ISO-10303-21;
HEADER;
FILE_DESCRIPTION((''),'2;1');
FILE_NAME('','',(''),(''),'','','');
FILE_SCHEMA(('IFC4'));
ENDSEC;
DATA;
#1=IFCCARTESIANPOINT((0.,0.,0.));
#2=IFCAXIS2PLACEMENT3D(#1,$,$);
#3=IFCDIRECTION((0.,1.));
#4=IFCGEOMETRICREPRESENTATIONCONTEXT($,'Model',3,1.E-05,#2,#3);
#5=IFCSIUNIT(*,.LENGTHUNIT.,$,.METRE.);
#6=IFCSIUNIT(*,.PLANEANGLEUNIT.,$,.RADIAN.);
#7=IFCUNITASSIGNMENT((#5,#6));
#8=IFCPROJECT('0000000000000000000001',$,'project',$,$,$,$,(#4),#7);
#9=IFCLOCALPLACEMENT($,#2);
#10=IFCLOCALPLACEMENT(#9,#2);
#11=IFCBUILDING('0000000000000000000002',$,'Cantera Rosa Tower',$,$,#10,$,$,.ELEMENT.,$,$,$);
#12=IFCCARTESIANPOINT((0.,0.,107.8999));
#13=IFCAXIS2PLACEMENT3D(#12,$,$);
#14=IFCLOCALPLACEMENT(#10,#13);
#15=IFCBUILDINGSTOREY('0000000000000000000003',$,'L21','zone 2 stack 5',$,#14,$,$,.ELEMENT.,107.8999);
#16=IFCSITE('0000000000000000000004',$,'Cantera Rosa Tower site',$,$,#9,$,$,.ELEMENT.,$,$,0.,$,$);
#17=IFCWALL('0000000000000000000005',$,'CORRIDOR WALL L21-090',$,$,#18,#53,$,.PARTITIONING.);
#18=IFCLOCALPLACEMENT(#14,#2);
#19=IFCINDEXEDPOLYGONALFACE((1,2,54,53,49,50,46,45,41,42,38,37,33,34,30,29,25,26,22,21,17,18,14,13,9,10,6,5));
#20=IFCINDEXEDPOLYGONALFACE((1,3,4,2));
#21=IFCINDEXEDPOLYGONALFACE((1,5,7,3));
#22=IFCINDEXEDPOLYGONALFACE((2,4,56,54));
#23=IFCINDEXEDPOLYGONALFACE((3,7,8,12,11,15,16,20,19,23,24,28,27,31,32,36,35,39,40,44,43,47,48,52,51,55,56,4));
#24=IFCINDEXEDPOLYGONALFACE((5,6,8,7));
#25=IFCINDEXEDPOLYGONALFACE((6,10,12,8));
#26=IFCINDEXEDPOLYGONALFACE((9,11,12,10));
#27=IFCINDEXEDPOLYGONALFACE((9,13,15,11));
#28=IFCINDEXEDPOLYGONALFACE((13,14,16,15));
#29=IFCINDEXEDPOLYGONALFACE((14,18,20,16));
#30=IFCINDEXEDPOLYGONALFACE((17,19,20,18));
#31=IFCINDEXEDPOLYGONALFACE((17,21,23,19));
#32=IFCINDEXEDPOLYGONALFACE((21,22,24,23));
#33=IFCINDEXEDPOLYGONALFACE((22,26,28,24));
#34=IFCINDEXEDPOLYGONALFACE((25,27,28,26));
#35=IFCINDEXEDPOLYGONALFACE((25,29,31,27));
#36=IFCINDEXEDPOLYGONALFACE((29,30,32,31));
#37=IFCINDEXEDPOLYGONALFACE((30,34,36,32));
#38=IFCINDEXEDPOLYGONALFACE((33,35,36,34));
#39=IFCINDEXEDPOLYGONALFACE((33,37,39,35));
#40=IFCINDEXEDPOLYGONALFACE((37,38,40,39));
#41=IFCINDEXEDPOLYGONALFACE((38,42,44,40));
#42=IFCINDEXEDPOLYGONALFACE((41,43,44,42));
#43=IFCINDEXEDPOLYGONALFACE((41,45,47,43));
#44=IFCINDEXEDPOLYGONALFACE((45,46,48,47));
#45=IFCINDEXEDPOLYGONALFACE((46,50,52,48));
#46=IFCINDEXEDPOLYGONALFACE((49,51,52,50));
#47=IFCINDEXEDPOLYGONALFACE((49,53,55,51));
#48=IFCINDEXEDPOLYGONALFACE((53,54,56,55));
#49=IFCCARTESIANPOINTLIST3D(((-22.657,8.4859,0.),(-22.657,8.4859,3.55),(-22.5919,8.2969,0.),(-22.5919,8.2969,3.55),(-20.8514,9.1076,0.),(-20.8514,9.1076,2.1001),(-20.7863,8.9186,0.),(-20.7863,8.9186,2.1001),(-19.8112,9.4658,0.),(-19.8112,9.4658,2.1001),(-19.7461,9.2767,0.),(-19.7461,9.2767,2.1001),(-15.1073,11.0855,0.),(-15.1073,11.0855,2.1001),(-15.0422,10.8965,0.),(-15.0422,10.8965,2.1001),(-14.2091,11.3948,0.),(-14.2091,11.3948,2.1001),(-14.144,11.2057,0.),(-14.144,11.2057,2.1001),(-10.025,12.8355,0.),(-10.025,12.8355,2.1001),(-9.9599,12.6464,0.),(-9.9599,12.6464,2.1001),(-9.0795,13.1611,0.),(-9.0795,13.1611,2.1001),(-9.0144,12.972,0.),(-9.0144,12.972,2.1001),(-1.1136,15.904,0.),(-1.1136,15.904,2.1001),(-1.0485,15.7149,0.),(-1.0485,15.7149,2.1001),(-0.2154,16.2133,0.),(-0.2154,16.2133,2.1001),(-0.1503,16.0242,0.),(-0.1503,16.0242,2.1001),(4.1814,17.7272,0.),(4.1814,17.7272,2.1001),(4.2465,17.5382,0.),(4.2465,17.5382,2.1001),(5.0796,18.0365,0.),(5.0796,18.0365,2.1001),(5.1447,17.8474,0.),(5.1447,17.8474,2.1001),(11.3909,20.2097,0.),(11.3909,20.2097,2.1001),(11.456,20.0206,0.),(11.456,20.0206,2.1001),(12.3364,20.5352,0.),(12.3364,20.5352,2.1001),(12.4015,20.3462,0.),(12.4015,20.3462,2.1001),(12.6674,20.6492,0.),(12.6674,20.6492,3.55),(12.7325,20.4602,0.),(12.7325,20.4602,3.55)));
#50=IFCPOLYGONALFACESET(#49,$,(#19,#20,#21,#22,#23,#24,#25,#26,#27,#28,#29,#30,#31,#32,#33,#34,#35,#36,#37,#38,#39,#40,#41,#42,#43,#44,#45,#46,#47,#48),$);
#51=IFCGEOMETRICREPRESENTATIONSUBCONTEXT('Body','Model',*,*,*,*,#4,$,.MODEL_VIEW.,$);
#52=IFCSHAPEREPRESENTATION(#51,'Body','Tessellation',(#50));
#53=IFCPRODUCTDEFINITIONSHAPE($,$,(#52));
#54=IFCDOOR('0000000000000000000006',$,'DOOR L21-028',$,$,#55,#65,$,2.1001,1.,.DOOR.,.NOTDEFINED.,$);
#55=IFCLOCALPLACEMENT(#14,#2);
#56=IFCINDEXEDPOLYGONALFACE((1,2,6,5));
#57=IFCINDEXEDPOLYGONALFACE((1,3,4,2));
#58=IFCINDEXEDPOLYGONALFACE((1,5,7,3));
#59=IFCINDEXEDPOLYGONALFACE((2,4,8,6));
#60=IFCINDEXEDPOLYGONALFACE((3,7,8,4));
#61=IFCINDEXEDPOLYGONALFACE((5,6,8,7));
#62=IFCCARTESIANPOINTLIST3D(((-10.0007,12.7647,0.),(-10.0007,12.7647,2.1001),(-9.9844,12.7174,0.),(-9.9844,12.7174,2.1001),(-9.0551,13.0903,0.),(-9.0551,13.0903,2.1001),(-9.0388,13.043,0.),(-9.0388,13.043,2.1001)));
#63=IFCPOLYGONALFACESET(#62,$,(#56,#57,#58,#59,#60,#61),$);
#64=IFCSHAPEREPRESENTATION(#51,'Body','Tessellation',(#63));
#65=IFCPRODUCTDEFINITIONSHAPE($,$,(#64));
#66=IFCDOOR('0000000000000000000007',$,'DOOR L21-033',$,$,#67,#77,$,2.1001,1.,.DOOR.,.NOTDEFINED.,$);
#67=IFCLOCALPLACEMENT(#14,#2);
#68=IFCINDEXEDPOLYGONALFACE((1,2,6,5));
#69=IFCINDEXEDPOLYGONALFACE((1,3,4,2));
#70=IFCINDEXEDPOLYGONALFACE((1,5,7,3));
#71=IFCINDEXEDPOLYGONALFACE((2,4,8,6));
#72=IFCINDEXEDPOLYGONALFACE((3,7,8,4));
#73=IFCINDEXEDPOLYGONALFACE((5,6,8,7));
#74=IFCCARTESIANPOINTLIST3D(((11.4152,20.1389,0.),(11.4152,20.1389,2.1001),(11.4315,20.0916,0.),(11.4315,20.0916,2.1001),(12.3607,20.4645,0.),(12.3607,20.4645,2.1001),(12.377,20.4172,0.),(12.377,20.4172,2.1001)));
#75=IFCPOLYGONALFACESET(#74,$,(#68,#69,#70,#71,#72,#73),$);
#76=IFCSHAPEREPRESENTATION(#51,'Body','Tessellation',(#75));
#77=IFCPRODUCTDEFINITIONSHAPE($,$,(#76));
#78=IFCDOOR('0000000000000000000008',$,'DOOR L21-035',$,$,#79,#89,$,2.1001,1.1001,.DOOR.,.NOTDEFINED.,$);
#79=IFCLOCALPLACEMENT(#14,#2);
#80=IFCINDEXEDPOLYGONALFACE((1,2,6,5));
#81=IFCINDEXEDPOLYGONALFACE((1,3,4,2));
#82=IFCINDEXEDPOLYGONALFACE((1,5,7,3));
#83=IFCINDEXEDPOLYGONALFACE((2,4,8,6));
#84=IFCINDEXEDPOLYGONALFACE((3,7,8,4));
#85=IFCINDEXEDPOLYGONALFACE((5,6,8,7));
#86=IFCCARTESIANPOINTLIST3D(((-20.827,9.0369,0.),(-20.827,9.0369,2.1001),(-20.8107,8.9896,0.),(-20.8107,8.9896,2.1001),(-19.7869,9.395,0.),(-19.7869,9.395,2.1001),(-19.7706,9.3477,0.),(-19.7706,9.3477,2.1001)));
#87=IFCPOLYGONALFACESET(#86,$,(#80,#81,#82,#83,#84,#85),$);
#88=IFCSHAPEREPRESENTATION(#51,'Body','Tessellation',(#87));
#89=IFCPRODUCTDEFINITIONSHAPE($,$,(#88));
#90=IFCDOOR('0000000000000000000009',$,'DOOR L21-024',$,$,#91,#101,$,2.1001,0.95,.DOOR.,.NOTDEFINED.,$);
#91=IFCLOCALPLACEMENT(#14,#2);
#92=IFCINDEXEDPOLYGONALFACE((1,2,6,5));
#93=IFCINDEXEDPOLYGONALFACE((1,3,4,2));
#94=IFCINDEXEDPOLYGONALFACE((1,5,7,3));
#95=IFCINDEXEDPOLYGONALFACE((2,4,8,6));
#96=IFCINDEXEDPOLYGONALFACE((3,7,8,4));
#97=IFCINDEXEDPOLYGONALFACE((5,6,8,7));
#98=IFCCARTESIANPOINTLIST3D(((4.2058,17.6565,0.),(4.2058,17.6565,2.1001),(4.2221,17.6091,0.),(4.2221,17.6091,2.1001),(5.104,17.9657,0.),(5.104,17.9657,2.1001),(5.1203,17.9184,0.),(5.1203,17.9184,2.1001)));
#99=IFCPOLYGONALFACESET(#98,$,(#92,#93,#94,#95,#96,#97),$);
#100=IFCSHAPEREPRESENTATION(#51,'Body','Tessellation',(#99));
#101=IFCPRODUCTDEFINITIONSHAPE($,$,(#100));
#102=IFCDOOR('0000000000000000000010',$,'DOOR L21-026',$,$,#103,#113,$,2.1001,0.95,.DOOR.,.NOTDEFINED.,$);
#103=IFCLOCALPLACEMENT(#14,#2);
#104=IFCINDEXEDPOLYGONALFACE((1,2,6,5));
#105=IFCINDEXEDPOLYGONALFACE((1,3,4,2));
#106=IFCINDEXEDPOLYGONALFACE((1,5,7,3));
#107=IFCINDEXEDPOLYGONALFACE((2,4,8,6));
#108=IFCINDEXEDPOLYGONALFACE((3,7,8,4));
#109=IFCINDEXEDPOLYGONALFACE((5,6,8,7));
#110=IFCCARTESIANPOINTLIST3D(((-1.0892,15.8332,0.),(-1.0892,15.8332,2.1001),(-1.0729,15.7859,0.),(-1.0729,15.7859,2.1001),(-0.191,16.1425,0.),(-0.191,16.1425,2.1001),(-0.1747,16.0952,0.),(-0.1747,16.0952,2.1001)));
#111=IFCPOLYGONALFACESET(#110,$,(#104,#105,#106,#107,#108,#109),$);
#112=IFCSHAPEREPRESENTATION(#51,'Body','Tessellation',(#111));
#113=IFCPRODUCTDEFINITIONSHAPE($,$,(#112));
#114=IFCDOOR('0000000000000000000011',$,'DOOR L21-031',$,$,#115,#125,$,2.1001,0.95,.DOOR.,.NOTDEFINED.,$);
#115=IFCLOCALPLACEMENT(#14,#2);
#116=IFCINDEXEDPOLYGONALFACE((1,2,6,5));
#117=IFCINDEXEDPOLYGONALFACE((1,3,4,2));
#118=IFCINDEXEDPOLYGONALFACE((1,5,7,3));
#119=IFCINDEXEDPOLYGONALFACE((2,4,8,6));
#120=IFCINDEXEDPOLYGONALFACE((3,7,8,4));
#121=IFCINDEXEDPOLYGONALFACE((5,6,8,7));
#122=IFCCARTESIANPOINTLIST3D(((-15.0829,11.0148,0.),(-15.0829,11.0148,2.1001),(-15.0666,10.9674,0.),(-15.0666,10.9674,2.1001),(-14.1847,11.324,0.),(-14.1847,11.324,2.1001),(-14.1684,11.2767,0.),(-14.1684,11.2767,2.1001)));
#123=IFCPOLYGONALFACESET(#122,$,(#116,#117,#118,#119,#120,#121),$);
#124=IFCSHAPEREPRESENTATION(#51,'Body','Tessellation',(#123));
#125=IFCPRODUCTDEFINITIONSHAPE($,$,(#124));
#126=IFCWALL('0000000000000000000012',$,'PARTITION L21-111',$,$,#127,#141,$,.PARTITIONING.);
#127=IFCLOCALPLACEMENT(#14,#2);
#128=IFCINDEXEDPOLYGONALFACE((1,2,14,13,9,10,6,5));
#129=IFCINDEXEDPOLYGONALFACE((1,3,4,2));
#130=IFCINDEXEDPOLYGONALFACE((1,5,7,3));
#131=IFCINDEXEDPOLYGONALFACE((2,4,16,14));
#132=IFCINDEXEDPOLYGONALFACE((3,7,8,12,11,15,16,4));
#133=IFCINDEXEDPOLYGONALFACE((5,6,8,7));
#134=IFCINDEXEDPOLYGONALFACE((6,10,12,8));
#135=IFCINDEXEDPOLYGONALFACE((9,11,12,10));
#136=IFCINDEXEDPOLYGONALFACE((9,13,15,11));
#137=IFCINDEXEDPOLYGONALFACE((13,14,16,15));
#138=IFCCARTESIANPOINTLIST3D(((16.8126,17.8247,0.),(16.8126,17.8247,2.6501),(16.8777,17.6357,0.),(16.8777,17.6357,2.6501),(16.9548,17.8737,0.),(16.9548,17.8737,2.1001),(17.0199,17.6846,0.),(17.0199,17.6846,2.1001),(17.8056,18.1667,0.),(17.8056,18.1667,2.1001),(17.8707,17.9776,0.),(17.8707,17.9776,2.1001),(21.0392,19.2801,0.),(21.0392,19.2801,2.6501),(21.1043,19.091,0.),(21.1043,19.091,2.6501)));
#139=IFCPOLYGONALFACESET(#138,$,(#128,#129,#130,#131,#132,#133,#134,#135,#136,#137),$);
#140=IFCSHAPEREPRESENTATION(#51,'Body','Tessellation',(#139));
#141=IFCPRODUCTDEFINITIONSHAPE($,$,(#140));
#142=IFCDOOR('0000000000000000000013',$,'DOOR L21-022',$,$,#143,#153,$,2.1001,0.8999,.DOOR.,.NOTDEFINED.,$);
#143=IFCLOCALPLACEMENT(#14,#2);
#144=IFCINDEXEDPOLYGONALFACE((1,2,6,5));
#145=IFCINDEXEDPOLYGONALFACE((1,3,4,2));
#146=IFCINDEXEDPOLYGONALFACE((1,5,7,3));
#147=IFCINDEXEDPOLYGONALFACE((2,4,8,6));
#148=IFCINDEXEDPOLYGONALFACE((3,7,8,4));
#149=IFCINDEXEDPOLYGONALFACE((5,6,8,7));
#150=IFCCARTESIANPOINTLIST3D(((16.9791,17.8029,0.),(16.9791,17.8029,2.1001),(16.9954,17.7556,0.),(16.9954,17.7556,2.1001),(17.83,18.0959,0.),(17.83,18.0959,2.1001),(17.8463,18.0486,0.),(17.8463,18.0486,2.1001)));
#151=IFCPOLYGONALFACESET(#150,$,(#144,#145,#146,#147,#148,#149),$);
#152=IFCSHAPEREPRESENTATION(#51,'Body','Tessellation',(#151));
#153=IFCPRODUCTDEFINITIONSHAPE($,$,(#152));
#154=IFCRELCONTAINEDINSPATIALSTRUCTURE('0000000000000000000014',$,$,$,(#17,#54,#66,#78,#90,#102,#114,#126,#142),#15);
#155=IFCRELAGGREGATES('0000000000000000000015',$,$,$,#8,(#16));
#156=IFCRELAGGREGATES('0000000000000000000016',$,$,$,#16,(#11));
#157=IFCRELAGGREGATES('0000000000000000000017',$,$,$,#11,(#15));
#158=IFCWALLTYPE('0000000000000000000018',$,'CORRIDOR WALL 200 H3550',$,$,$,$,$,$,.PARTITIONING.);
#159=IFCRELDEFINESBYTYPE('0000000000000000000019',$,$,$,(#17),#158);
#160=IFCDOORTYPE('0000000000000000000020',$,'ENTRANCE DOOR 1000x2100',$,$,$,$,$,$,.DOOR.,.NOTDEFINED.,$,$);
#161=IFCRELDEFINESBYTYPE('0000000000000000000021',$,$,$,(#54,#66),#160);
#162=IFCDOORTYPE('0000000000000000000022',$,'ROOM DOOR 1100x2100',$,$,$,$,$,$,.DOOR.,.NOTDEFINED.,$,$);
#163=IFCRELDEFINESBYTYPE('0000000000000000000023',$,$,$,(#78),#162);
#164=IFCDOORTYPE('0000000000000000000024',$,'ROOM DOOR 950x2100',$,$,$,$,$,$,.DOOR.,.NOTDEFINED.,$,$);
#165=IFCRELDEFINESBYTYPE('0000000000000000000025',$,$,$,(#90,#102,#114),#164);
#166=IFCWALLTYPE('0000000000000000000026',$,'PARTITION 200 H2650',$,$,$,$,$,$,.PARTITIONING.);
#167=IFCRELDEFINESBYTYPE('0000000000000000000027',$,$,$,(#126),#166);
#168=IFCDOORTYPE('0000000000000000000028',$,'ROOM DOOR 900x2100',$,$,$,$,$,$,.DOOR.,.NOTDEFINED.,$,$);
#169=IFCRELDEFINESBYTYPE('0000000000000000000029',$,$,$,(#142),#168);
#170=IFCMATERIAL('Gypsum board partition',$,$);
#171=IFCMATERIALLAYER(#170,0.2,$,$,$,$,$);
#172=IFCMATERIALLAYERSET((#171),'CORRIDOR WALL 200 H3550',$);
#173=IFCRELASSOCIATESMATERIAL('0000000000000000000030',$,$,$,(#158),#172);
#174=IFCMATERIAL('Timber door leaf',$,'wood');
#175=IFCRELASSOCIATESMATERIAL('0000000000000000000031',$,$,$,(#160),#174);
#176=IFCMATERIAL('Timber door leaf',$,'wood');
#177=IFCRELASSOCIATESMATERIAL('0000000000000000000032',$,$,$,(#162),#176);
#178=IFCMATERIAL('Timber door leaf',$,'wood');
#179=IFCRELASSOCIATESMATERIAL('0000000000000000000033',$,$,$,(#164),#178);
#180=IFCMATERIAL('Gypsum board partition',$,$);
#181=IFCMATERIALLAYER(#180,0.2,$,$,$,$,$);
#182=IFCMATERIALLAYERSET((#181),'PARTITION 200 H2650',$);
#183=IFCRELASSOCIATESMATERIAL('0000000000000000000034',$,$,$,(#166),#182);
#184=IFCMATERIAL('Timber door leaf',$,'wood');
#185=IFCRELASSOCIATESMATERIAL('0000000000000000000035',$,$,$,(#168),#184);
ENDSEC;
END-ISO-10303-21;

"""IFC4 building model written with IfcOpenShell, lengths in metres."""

from ifc_helpers import new_model, si_unit, direction, frame, frame_2d, origin, place, context, subcontext, project, spatial, rectangle, extrude, material, layer, layer_set, type_object, element, fill, save


model = new_model("IFC4")

# Units and contexts
model_context = context("Model", 3, precision=1e-05, world=origin(), true_north=direction((0.0, 1.0)))
body_context = subcontext(model_context, "Body", "Model", "MODEL_VIEW")
ifc_project = project(units=[si_unit("LENGTHUNIT", "METRE"), si_unit("PLANEANGLEUNIT", "RADIAN")], contexts=[model_context])

# Site, building, storey
site_placement = place(None, origin())
site = spatial("IfcSite", under=ifc_project, at=site_placement, Name="Cantera Rosa Tower site", CompositionType="ELEMENT", RefElevation=0.0)
building_placement = place(site_placement, origin())
building = spatial("IfcBuilding", under=site, at=building_placement, Name="Cantera Rosa Tower", CompositionType="ELEMENT")
storey_placement = place(building_placement, frame((0.0, 0.0, 107.8999)))
storey = spatial("IfcBuildingStorey", under=building, at=storey_placement, Name="L21", Description="zone 2 stack 5", CompositionType="ELEMENT", Elevation=107.8999)

# Wall, openings, doors
ifc_material_1 = material(Name="Gypsum board partition")
ifc_layer_1 = layer(ifc_material_1, 0.2)
ifc_layer_set_1 = layer_set([ifc_layer_1], Name="CORRIDOR WALL 200 H3550")
wall_type_1 = type_object("IfcWallType", Name="CORRIDOR WALL 200 H3550", PredefinedType="PARTITIONING", material=ifc_layer_set_1)
wall_1_placement = place(storey_placement, frame((12.7, 20.5547, 0.0), z_axis=(0.0, 0.0, 1.0), x_axis=(-0.945517, -0.325572, 0.0)))
wall_1 = element("IfcWall", 1, at=wall_1_placement, inside=storey, type_object=wall_type_1, Name="CORRIDOR WALL L21-090", PredefinedType="PARTITIONING", context=body_context, shape_type="SweptSolid", body=[
    extrude(rectangle(XDim=37.3599, YDim=0.2, at=frame_2d((18.6799, 0.0))), origin(), (0.0, 0.0, 1.0), 3.55),
])
opening_1_placement = place(wall_1_placement, frame((8.0249, 0.0, 0.0)))
opening_1 = element("IfcOpeningElement", 2, at=opening_1_placement, cuts=wall_1, PredefinedType="OPENING", context=body_context, shape_type="SweptSolid", body=[
    extrude(rectangle(XDim=0.95, YDim=2.1001, at=frame_2d((0.4751, 1.05))), frame((0.0, 0.1099, 0.0), z_axis=(0.0, -1.0, 0.0), x_axis=(1.0, 0.0, 0.0)), (0.0, 0.0, 1.0), 0.22),
])
opening_2_placement = place(wall_1_placement, frame((13.625, 0.0, 0.0)))
opening_2 = element("IfcOpeningElement", 3, at=opening_2_placement, cuts=wall_1, PredefinedType="OPENING", context=body_context, shape_type="SweptSolid", body=[
    extrude(rectangle(XDim=0.95, YDim=2.1001, at=frame_2d((0.4751, 1.05))), frame((0.0, 0.1099, 0.0), z_axis=(0.0, -1.0, 0.0), x_axis=(1.0, 0.0, 0.0)), (0.0, 0.0, 1.0), 0.22),
])
opening_3_placement = place(wall_1_placement, frame((23.0, 0.0, 0.0)))
opening_3 = element("IfcOpeningElement", 4, at=opening_3_placement, cuts=wall_1, PredefinedType="OPENING", context=body_context, shape_type="SweptSolid", body=[
    extrude(rectangle(XDim=1.0, YDim=2.1001, at=frame_2d((0.5, 1.05))), frame((0.0, 0.1099, 0.0), z_axis=(0.0, -1.0, 0.0), x_axis=(1.0, 0.0, 0.0)), (0.0, 0.0, 1.0), 0.22),
])
opening_4_placement = place(wall_1_placement, frame((28.425, 0.0, 0.0)))
opening_4 = element("IfcOpeningElement", 5, at=opening_4_placement, cuts=wall_1, PredefinedType="OPENING", context=body_context, shape_type="SweptSolid", body=[
    extrude(rectangle(XDim=0.95, YDim=2.1001, at=frame_2d((0.4751, 1.05))), frame((0.0, 0.1099, 0.0), z_axis=(0.0, -1.0, 0.0), x_axis=(1.0, 0.0, 0.0)), (0.0, 0.0, 1.0), 0.22),
])
opening_5_placement = place(wall_1_placement, frame((0.3501, 0.0, 0.0)))
opening_5 = element("IfcOpeningElement", 6, at=opening_5_placement, cuts=wall_1, PredefinedType="OPENING", context=body_context, shape_type="SweptSolid", body=[
    extrude(rectangle(XDim=1.0, YDim=2.1001, at=frame_2d((0.5, 1.05))), frame((0.0, 0.1099, 0.0), z_axis=(0.0, -1.0, 0.0), x_axis=(1.0, 0.0, 0.0)), (0.0, 0.0, 1.0), 0.22),
])
opening_6_placement = place(wall_1_placement, frame((34.3501, 0.0, 0.0)))
opening_6 = element("IfcOpeningElement", 7, at=opening_6_placement, cuts=wall_1, PredefinedType="OPENING", context=body_context, shape_type="SweptSolid", body=[
    extrude(rectangle(XDim=1.1001, YDim=2.1001, at=frame_2d((0.55, 1.05))), frame((0.0, 0.1099, 0.0), z_axis=(0.0, -1.0, 0.0), x_axis=(1.0, 0.0, 0.0)), (0.0, 0.0, 1.0), 0.22),
])
ifc_material_2 = material(Name="Timber door leaf", Category="wood")
door_type_1 = type_object("IfcDoorType", Name="ENTRANCE DOOR 1000x2100", OperationType="NOTDEFINED", PredefinedType="DOOR", material=ifc_material_2)
door_1_placement = place(opening_3_placement, origin())
door_1 = element("IfcDoor", 8, at=door_1_placement, inside=storey, type_object=door_type_1, Name="DOOR L21-028", OperationType="NOTDEFINED", OverallHeight=2.1001, OverallWidth=1.0, PredefinedType="DOOR", context=body_context, shape_type="SweptSolid", body=[
    extrude(rectangle(XDim=1.0, YDim=2.1001, at=frame_2d((0.5, 1.05))), frame((0.0, 0.0249, 0.0), z_axis=(0.0, -1.0, 0.0), x_axis=(1.0, 0.0, 0.0)), (0.0, 0.0, 1.0), 0.05),
])
fill(opening_3, door_1)
door_2_placement = place(opening_5_placement, origin())
door_2 = element("IfcDoor", 9, at=door_2_placement, inside=storey, type_object=door_type_1, Name="DOOR L21-033", OperationType="NOTDEFINED", OverallHeight=2.1001, OverallWidth=1.0, PredefinedType="DOOR", context=body_context, shape_type="SweptSolid", body=[
    extrude(rectangle(XDim=1.0, YDim=2.1001, at=frame_2d((0.5, 1.05))), frame((0.0, 0.0249, 0.0), z_axis=(0.0, -1.0, 0.0), x_axis=(1.0, 0.0, 0.0)), (0.0, 0.0, 1.0), 0.05),
])
fill(opening_5, door_2)
ifc_material_3 = material(Name="Timber door leaf", Category="wood")
door_type_2 = type_object("IfcDoorType", Name="ROOM DOOR 1100x2100", OperationType="NOTDEFINED", PredefinedType="DOOR", material=ifc_material_3)
door_3_placement = place(opening_6_placement, origin())
door_3 = element("IfcDoor", 10, at=door_3_placement, inside=storey, type_object=door_type_2, Name="DOOR L21-035", OperationType="NOTDEFINED", OverallHeight=2.1001, OverallWidth=1.1001, PredefinedType="DOOR", context=body_context, shape_type="SweptSolid", body=[
    extrude(rectangle(XDim=1.1001, YDim=2.1001, at=frame_2d((0.55, 1.05))), frame((0.0, 0.0249, 0.0), z_axis=(0.0, -1.0, 0.0), x_axis=(1.0, 0.0, 0.0)), (0.0, 0.0, 1.0), 0.05),
])
fill(opening_6, door_3)
ifc_material_4 = material(Name="Timber door leaf", Category="wood")
door_type_3 = type_object("IfcDoorType", Name="ROOM DOOR 950x2100", OperationType="NOTDEFINED", PredefinedType="DOOR", material=ifc_material_4)
door_4_placement = place(opening_1_placement, origin())
door_4 = element("IfcDoor", 11, at=door_4_placement, inside=storey, type_object=door_type_3, Name="DOOR L21-024", OperationType="NOTDEFINED", OverallHeight=2.1001, OverallWidth=0.95, PredefinedType="DOOR", context=body_context, shape_type="SweptSolid", body=[
    extrude(rectangle(XDim=0.95, YDim=2.1001, at=frame_2d((0.4751, 1.05))), frame((0.0, 0.0249, 0.0), z_axis=(0.0, -1.0, 0.0), x_axis=(1.0, 0.0, 0.0)), (0.0, 0.0, 1.0), 0.05),
])
fill(opening_1, door_4)
door_5_placement = place(opening_2_placement, origin())
door_5 = element("IfcDoor", 12, at=door_5_placement, inside=storey, type_object=door_type_3, Name="DOOR L21-026", OperationType="NOTDEFINED", OverallHeight=2.1001, OverallWidth=0.95, PredefinedType="DOOR", context=body_context, shape_type="SweptSolid", body=[
    extrude(rectangle(XDim=0.95, YDim=2.1001, at=frame_2d((0.4751, 1.05))), frame((0.0, 0.0249, 0.0), z_axis=(0.0, -1.0, 0.0), x_axis=(1.0, 0.0, 0.0)), (0.0, 0.0, 1.0), 0.05),
])
fill(opening_2, door_5)
door_6_placement = place(opening_4_placement, origin())
door_6 = element("IfcDoor", 13, at=door_6_placement, inside=storey, type_object=door_type_3, Name="DOOR L21-031", OperationType="NOTDEFINED", OverallHeight=2.1001, OverallWidth=0.95, PredefinedType="DOOR", context=body_context, shape_type="SweptSolid", body=[
    extrude(rectangle(XDim=0.95, YDim=2.1001, at=frame_2d((0.4751, 1.05))), frame((0.0, 0.0249, 0.0), z_axis=(0.0, -1.0, 0.0), x_axis=(1.0, 0.0, 0.0)), (0.0, 0.0, 1.0), 0.05),
])
fill(opening_4, door_6)

# Wall, opening, door
ifc_material_5 = material(Name="Gypsum board partition")
ifc_layer_2 = layer(ifc_material_5, 0.2)
ifc_layer_set_2 = layer_set([ifc_layer_2], Name="PARTITION 200 H2650")
wall_type_2 = type_object("IfcWallType", Name="PARTITION 200 H2650", PredefinedType="PARTITIONING", material=ifc_layer_set_2)
wall_2_placement = place(storey_placement, frame((21.0718, 19.1855, 0.0), z_axis=(0.0, 0.0, 1.0), x_axis=(-0.945519, -0.325568, 0.0)))
wall_2 = element("IfcWall", 14, at=wall_2_placement, inside=storey, type_object=wall_type_2, Name="PARTITION L21-111", PredefinedType="PARTITIONING", context=body_context, shape_type="SweptSolid", body=[
    extrude(rectangle(XDim=4.4702, YDim=0.2, at=frame_2d((2.2351, 0.0))), origin(), (0.0, 0.0, 1.0), 2.6501),
])
opening_7_placement = place(wall_2_placement, frame((3.4199, 0.0, 0.0)))
opening_7 = element("IfcOpeningElement", 15, at=opening_7_placement, cuts=wall_2, PredefinedType="OPENING", context=body_context, shape_type="SweptSolid", body=[
    extrude(rectangle(XDim=0.8999, YDim=2.1001, at=frame_2d((0.45, 1.05))), frame((0.0, 0.1099, 0.0), z_axis=(0.0, -1.0, 0.0), x_axis=(1.0, 0.0, 0.0)), (0.0, 0.0, 1.0), 0.22),
])
ifc_material_6 = material(Name="Timber door leaf", Category="wood")
door_type_4 = type_object("IfcDoorType", Name="ROOM DOOR 900x2100", OperationType="NOTDEFINED", PredefinedType="DOOR", material=ifc_material_6)
door_7_placement = place(opening_7_placement, origin())
door_7 = element("IfcDoor", 16, at=door_7_placement, inside=storey, type_object=door_type_4, Name="DOOR L21-022", OperationType="NOTDEFINED", OverallHeight=2.1001, OverallWidth=0.8999, PredefinedType="DOOR", context=body_context, shape_type="SweptSolid", body=[
    extrude(rectangle(XDim=0.8999, YDim=2.1001, at=frame_2d((0.45, 1.05))), frame((0.0, 0.0249, 0.0), z_axis=(0.0, -1.0, 0.0), x_axis=(1.0, 0.0, 0.0)), (0.0, 0.0, 1.0), 0.05),
])
fill(opening_7, door_7)

save(model, "model.ifc")
